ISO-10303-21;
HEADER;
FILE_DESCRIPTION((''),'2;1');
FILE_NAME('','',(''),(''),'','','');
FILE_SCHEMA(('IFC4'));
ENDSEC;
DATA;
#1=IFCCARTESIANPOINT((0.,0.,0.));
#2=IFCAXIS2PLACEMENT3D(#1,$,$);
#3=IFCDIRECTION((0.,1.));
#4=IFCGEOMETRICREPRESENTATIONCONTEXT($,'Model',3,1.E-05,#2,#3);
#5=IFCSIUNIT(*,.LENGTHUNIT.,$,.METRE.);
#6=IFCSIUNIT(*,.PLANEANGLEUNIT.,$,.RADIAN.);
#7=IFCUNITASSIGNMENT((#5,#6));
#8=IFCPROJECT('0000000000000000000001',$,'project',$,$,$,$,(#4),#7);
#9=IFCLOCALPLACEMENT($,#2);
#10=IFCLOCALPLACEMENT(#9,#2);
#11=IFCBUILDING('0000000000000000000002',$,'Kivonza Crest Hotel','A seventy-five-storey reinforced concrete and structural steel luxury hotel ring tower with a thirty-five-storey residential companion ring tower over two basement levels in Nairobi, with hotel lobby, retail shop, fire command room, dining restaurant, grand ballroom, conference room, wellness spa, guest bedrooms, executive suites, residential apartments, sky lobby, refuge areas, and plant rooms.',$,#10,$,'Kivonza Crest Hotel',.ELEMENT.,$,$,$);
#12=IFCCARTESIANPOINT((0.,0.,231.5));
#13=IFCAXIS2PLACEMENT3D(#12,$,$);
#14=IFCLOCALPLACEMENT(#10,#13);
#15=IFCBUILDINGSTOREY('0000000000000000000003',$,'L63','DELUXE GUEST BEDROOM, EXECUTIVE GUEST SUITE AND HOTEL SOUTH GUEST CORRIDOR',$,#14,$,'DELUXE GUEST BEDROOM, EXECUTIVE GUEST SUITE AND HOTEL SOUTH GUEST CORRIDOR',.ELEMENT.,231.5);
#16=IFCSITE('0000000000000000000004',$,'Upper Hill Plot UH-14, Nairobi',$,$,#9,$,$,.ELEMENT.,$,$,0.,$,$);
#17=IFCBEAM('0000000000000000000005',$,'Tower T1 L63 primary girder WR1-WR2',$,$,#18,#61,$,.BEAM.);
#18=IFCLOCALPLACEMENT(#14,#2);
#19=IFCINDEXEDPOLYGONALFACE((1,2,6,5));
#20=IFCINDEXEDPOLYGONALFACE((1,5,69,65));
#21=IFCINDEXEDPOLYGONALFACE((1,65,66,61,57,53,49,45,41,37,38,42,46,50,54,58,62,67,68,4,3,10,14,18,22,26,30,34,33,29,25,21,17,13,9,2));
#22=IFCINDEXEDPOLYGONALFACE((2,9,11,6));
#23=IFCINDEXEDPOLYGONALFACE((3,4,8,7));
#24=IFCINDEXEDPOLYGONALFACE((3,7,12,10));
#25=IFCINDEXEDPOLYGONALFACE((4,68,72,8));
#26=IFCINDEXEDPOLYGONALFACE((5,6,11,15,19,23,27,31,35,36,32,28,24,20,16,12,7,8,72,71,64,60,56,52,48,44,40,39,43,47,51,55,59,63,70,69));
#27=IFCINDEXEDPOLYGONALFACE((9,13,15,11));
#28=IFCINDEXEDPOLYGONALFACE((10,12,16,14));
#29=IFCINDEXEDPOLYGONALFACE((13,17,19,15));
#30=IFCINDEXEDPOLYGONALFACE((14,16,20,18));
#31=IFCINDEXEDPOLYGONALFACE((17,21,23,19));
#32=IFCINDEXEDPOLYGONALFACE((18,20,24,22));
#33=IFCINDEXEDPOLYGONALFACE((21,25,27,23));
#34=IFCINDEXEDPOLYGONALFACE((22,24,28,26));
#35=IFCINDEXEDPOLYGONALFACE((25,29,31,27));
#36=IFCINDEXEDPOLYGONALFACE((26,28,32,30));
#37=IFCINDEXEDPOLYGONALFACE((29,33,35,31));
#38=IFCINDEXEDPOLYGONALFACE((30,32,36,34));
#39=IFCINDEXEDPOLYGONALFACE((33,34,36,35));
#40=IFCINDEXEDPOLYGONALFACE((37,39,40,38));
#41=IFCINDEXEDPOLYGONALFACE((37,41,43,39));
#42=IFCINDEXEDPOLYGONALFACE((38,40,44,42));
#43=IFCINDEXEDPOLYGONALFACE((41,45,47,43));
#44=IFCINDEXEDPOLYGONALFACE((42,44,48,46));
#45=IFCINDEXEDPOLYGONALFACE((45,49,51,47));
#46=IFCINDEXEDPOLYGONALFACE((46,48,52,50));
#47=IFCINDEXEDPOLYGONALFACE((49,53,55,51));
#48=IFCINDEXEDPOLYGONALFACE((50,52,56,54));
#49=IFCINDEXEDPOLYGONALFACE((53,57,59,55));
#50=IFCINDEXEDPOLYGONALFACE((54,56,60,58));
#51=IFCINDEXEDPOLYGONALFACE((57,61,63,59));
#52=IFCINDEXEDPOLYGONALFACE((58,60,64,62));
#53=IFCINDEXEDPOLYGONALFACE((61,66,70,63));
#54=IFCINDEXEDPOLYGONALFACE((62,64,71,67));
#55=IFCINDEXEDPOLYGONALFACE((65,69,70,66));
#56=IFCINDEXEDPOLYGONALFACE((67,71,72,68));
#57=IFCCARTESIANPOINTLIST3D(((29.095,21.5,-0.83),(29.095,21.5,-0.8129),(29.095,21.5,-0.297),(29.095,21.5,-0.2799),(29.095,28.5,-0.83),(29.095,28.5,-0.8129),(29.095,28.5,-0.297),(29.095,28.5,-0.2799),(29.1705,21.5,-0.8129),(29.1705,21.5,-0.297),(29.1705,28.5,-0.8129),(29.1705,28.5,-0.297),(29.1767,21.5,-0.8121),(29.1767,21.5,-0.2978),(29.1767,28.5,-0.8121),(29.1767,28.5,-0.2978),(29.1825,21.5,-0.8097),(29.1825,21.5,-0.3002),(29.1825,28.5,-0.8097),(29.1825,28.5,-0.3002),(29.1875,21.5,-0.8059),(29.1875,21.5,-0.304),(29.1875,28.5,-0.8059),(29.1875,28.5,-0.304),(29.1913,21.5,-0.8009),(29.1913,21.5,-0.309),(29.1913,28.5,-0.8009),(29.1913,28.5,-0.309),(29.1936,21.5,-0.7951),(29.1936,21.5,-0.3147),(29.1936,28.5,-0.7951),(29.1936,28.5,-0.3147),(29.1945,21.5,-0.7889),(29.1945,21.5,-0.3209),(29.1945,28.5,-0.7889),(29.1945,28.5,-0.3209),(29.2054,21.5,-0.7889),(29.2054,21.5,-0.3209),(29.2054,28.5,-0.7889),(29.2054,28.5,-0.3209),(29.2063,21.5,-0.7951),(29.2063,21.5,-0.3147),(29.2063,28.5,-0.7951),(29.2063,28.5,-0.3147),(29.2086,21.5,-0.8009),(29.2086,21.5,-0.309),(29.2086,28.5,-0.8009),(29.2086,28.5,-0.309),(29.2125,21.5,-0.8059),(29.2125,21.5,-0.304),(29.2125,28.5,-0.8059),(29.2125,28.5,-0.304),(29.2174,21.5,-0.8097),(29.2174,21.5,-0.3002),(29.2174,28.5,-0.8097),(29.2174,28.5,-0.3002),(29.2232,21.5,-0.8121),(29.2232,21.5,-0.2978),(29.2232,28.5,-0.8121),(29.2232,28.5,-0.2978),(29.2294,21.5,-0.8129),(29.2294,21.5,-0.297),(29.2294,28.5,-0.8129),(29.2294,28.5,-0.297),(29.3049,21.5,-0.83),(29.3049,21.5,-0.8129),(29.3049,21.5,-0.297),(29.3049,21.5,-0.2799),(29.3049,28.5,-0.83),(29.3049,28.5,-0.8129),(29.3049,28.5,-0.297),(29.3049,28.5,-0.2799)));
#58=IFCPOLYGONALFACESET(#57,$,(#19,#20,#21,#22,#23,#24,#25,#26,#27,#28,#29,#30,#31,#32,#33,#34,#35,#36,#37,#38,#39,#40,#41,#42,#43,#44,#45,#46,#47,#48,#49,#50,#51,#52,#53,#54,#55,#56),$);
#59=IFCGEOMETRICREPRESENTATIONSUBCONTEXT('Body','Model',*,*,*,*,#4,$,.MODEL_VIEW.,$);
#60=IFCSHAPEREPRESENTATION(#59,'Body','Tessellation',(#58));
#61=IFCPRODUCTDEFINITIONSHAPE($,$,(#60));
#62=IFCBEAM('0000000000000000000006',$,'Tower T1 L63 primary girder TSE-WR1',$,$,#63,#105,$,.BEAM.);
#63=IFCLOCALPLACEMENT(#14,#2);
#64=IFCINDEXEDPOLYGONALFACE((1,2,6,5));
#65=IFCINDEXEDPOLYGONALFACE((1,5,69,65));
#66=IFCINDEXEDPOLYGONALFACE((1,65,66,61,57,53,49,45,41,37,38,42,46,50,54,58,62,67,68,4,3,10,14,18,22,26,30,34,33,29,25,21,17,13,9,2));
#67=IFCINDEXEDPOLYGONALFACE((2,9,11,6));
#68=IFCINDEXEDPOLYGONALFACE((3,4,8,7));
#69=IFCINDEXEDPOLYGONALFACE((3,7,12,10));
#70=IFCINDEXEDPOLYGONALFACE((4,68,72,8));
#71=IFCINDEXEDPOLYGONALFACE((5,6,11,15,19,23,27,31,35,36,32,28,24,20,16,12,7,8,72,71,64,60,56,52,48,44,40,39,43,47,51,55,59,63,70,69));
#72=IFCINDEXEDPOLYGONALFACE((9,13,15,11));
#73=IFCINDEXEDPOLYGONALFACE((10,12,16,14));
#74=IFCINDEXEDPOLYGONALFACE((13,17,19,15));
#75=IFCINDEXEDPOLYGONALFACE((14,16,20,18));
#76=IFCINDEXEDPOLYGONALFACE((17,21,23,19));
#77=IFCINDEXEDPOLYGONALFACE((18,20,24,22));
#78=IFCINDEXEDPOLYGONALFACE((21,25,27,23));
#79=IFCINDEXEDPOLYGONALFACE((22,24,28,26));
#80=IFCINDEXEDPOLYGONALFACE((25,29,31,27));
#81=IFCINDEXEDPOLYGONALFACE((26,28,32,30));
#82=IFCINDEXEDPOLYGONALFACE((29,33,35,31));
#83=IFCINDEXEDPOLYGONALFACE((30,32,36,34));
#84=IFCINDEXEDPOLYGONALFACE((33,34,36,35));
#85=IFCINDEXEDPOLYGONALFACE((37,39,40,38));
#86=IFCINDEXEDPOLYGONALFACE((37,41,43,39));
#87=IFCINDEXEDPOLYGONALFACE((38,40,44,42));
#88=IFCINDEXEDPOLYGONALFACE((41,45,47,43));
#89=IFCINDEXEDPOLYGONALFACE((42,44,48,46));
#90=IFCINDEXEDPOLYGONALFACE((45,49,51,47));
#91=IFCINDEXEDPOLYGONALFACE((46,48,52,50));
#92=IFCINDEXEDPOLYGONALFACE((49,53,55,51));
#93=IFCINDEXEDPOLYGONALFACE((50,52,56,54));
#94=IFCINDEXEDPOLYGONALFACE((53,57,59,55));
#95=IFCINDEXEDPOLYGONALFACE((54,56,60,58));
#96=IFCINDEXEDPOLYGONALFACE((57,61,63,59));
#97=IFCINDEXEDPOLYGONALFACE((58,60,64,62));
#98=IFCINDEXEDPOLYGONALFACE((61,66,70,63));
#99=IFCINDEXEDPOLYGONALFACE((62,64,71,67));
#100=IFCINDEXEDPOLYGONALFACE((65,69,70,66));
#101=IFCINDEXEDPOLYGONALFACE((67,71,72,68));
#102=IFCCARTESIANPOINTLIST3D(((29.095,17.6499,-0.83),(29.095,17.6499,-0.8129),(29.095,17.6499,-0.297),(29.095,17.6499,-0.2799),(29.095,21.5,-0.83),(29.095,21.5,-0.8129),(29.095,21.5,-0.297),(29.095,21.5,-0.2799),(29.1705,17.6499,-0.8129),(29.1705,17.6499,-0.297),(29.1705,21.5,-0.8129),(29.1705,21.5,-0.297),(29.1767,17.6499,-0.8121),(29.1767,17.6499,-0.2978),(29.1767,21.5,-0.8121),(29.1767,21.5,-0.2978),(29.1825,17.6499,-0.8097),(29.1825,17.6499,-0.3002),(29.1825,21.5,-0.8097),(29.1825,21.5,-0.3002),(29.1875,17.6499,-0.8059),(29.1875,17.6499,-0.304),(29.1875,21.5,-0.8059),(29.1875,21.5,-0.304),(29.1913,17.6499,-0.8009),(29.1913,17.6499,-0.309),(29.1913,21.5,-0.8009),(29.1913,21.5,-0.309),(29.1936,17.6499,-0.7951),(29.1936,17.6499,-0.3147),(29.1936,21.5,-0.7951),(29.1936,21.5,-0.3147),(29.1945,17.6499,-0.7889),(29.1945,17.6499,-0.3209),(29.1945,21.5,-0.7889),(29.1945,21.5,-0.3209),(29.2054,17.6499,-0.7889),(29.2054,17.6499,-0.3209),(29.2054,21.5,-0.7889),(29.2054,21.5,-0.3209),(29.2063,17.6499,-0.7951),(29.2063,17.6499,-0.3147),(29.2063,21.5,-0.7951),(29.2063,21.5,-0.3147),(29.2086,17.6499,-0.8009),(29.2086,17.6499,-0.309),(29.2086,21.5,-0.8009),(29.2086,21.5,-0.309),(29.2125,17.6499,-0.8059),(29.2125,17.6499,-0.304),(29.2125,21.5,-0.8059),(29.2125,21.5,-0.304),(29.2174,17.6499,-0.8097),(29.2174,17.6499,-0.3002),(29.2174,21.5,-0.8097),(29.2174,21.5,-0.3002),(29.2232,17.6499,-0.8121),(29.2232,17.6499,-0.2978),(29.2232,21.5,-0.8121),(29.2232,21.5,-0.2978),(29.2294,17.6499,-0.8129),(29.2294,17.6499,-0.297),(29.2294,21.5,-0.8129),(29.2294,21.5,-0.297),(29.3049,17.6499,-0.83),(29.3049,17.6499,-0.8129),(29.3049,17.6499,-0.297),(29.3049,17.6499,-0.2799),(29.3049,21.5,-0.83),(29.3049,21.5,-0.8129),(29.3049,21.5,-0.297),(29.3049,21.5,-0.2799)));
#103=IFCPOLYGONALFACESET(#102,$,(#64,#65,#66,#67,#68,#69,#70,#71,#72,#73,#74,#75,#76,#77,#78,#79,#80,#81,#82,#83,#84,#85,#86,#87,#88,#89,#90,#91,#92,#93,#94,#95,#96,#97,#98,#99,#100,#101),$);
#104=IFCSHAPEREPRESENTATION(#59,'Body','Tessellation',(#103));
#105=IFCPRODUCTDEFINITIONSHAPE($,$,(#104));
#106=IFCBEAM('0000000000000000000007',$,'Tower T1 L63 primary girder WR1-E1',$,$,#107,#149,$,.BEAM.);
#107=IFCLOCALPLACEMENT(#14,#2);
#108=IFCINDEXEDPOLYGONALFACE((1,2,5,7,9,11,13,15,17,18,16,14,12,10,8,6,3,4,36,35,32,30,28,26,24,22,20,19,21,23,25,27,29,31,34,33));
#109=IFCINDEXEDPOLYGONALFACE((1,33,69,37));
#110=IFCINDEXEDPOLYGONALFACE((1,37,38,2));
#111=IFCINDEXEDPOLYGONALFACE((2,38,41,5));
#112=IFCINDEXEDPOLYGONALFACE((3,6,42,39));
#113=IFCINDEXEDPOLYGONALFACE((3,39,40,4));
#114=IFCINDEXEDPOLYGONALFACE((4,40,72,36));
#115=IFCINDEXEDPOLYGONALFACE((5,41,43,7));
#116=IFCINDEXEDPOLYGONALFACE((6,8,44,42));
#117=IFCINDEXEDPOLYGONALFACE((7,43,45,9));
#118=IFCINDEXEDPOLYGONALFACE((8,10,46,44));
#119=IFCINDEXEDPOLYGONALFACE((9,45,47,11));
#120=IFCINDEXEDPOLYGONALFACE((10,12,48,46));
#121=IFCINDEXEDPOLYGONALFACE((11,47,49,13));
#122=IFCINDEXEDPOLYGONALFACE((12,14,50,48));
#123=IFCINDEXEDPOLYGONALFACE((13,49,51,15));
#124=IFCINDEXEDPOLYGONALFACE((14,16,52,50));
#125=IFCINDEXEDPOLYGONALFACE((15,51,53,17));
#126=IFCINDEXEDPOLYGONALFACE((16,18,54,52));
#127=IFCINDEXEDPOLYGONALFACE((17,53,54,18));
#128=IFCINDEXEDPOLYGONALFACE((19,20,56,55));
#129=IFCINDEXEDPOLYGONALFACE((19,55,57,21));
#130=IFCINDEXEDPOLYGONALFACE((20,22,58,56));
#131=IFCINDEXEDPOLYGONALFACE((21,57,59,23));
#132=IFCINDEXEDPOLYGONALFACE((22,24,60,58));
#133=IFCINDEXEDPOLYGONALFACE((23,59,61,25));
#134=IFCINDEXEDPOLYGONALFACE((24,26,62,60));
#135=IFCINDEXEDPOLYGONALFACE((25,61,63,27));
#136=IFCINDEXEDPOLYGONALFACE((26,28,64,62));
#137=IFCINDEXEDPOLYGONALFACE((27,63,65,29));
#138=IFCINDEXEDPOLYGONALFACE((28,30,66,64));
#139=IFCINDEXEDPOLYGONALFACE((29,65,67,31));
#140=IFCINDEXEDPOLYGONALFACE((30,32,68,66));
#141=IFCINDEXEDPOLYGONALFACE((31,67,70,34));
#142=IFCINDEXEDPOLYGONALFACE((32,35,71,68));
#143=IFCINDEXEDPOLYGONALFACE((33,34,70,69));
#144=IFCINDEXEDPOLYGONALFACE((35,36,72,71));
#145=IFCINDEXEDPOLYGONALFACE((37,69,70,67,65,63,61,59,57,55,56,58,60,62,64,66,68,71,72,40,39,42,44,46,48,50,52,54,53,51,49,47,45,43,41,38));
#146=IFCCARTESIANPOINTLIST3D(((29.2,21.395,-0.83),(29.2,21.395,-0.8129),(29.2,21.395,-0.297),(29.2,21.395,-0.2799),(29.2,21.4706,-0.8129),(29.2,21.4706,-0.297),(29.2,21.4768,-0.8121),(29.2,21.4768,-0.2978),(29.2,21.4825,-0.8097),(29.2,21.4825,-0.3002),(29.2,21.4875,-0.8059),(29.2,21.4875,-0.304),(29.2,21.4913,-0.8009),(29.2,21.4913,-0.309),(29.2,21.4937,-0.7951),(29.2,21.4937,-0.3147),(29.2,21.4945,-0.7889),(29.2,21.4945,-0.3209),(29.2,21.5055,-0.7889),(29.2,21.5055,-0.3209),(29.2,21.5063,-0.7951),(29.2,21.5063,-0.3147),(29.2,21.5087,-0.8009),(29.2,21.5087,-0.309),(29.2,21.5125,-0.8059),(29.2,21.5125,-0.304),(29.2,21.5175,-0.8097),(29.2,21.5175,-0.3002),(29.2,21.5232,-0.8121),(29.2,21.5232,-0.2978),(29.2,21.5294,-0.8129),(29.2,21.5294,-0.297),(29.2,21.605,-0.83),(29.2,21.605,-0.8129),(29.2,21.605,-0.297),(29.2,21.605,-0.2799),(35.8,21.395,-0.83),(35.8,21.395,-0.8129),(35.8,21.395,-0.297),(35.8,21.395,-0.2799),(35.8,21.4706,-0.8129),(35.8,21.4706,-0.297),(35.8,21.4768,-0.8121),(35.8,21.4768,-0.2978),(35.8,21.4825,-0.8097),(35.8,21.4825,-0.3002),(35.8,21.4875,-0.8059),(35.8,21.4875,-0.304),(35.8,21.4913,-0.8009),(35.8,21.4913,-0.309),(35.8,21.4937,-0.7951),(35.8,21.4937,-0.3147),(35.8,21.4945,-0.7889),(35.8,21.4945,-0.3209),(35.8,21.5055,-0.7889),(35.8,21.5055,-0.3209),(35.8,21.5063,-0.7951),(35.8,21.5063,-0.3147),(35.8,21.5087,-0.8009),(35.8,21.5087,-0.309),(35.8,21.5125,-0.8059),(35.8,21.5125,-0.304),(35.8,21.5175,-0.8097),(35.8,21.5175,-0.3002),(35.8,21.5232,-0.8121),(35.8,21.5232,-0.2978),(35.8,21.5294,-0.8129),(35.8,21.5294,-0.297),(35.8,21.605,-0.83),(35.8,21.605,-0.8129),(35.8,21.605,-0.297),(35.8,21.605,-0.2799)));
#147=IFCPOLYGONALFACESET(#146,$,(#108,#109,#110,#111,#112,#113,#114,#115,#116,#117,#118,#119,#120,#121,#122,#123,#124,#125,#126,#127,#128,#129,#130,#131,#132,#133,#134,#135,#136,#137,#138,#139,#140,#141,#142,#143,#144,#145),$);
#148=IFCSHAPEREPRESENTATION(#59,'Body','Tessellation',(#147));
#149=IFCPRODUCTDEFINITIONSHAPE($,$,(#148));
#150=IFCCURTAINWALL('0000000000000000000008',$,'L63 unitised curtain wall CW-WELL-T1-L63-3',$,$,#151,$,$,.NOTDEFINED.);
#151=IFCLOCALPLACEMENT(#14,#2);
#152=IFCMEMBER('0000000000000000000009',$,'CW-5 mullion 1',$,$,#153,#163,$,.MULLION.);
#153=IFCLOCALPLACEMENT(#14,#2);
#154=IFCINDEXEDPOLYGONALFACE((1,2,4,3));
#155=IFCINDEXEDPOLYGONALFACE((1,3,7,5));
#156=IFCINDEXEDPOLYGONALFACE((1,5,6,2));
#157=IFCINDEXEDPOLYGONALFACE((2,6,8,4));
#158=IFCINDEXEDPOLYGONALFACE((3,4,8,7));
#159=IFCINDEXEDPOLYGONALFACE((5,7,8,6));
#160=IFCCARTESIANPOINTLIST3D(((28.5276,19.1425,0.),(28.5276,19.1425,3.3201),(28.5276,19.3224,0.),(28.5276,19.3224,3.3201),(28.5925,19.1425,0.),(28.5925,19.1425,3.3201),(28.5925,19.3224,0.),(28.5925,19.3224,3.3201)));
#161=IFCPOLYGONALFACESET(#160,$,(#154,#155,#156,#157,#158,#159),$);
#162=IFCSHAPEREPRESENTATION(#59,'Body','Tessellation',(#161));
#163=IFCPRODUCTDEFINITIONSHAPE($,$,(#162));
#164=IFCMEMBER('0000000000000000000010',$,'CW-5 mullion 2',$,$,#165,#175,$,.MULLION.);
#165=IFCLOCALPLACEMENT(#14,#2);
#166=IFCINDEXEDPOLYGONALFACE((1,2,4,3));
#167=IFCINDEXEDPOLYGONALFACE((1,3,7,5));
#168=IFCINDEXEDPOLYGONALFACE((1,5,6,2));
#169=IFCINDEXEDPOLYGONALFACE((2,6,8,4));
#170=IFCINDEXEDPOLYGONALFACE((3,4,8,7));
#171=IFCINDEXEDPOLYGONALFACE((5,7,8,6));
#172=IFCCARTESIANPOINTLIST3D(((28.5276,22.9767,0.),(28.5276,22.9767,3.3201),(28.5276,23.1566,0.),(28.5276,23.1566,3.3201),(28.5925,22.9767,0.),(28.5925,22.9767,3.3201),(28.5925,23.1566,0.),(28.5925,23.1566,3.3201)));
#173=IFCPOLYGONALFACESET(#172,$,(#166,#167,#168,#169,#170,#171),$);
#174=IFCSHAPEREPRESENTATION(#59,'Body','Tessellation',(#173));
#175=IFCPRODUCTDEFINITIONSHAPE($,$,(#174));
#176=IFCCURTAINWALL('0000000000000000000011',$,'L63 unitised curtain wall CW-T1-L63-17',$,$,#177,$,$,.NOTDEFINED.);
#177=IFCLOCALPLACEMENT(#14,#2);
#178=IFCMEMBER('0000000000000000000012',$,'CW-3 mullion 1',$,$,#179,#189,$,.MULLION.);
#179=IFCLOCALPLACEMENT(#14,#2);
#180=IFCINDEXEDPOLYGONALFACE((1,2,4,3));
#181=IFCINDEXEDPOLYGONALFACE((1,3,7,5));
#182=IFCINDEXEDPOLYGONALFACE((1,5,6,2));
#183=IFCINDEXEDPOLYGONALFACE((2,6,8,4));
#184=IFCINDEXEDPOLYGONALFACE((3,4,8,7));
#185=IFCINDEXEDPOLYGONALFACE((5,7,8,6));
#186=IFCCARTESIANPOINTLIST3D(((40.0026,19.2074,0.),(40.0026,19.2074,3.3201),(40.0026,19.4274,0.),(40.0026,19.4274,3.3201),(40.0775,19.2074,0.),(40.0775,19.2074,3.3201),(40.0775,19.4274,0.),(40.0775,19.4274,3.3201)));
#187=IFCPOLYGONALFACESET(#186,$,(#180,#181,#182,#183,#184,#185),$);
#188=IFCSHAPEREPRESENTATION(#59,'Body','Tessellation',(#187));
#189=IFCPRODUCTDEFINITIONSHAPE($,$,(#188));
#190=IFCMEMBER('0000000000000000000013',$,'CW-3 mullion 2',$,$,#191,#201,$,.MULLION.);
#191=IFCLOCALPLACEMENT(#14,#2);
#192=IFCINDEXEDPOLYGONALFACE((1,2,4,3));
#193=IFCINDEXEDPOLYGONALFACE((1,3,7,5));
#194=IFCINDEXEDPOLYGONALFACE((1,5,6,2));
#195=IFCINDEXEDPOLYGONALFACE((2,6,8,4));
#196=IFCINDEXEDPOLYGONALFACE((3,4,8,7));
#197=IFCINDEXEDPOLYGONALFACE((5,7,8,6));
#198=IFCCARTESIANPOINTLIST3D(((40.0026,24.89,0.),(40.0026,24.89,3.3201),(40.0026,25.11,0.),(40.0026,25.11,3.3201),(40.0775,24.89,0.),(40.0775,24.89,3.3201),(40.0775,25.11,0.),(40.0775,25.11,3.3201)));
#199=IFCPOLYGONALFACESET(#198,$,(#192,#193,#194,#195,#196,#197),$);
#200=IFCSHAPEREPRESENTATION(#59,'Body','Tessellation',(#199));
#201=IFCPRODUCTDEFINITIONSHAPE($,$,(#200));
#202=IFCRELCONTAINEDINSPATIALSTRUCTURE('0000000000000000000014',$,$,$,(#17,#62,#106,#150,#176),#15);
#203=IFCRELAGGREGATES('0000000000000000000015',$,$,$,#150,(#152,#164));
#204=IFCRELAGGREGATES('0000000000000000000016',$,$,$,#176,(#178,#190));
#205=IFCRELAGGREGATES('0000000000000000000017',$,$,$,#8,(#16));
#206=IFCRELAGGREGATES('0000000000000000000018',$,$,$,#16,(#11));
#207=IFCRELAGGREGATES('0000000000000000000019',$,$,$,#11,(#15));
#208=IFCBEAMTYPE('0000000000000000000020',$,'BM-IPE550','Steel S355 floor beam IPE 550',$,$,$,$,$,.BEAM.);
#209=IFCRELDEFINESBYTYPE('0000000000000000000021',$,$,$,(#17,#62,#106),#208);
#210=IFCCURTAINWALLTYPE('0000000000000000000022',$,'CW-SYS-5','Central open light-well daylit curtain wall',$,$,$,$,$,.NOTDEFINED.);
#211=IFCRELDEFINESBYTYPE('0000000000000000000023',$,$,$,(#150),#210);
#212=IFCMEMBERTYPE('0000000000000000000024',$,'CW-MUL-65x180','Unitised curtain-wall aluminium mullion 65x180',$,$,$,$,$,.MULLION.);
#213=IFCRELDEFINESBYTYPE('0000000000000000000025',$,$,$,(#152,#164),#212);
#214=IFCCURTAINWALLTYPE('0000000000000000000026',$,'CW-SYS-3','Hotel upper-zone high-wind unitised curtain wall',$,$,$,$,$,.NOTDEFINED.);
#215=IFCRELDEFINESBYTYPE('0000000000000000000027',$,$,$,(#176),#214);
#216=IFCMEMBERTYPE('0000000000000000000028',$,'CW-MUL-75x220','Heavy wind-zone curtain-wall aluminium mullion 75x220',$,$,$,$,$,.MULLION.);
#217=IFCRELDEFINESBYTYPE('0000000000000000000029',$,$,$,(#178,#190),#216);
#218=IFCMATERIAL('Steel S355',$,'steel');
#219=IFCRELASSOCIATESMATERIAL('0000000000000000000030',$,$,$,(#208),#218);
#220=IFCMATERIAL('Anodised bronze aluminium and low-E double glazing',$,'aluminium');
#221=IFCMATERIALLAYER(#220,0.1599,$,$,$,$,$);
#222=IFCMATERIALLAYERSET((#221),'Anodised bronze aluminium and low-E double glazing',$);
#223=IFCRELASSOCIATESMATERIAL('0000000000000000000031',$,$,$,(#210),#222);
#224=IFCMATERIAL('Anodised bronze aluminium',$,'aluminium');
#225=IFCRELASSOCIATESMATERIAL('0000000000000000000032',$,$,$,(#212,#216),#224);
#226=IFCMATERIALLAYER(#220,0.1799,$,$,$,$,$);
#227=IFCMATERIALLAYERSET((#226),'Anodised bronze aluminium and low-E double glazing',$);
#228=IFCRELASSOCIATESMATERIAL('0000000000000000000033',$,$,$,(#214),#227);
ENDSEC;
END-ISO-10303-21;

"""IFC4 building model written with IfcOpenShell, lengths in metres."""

from ifc_helpers import new_model, si_unit, direction, frame, origin, origin_2d, place, context, subcontext, project, spatial, rectangle, i_section, extrude, material, layer, layer_set, material_profile, profile_set, type_object, element, aggregate, save


model = new_model("IFC4")

# Units and contexts
model_context = context("Model", 3, precision=1e-05, world=origin(), true_north=direction((0.0, 1.0)))
body_context = subcontext(model_context, "Body", "Model", "MODEL_VIEW")
ifc_project = project(units=[si_unit("LENGTHUNIT", "METRE"), si_unit("PLANEANGLEUNIT", "RADIAN")], contexts=[model_context])

# Site, building, storey
site_placement = place(None, origin())
site = spatial("IfcSite", under=ifc_project, at=site_placement, Name="Upper Hill Plot UH-14, Nairobi", CompositionType="ELEMENT", RefElevation=0.0)
building_placement = place(site_placement, origin())
building = spatial("IfcBuilding", under=site, at=building_placement, Name="Kivonza Crest Hotel", Description="A seventy-five-storey reinforced concrete and structural steel luxury hotel ring tower with a thirty-five-storey residential companion ring tower over two basement levels in Nairobi, with hotel lobby, retail shop, fire command room, dining restaurant, grand ballroom, conference room, wellness spa, guest bedrooms, executive suites, residential apartments, sky lobby, refuge areas, and plant rooms.", LongName="Kivonza Crest Hotel", CompositionType="ELEMENT")
storey_placement = place(building_placement, frame((0.0, 0.0, 231.5)))
storey = spatial("IfcBuildingStorey", under=building, at=storey_placement, Name="L63", Description="DELUXE GUEST BEDROOM, EXECUTIVE GUEST SUITE AND HOTEL SOUTH GUEST CORRIDOR", LongName="DELUXE GUEST BEDROOM, EXECUTIVE GUEST SUITE AND HOTEL SOUTH GUEST CORRIDOR", CompositionType="ELEMENT", Elevation=231.5)

# Beams
ifc_material_1 = material(Name="Steel S355", Category="steel")
ifc_material_profile_1 = material_profile(ifc_material_1, i_section(OverallWidth=0.21, OverallDepth=0.55, WebThickness=0.011, FlangeThickness=0.0171, FilletRadius=0.0239, at=origin_2d()), Name="IPE 550")
ifc_profile_set_1 = profile_set([ifc_material_profile_1], Name="Steel S355")
beam_type_1 = type_object("IfcBeamType", Name="BM-IPE550", Description="Steel S355 floor beam IPE 550", PredefinedType="BEAM", material=ifc_profile_set_1)
beam_1_placement = place(storey_placement, frame((29.2, 21.5, -0.5549), z_axis=(0.0, 1.0, 0.0), x_axis=(-1.0, 0.0, 0.0)))
element("IfcBeam", 1, at=beam_1_placement, inside=storey, type_object=beam_type_1, Name="Tower T1 L63 primary girder WR1-WR2", PredefinedType="BEAM", context=body_context, shape_type="SweptSolid", body=[
    extrude(i_section(OverallWidth=0.21, OverallDepth=0.55, WebThickness=0.011, FlangeThickness=0.0171, FilletRadius=0.0239, at=origin_2d()), origin(), (0.0, 0.0, 1.0), 7.0),
])
beam_2_placement = place(storey_placement, frame((29.2, 17.6499, -0.5549), z_axis=(0.0, 1.0, 0.0), x_axis=(-1.0, 0.0, 0.0)))
element("IfcBeam", 2, at=beam_2_placement, inside=storey, type_object=beam_type_1, Name="Tower T1 L63 primary girder TSE-WR1", PredefinedType="BEAM", context=body_context, shape_type="SweptSolid", body=[
    extrude(i_section(OverallWidth=0.21, OverallDepth=0.55, WebThickness=0.011, FlangeThickness=0.0171, FilletRadius=0.0239, at=origin_2d()), origin(), (0.0, 0.0, 1.0), 3.8501),
])
beam_3_placement = place(storey_placement, frame((29.2, 21.5, -0.5549), z_axis=(1.0, 0.0, 0.0), x_axis=(0.0, 1.0, 0.0)))
element("IfcBeam", 3, at=beam_3_placement, inside=storey, type_object=beam_type_1, Name="Tower T1 L63 primary girder WR1-E1", PredefinedType="BEAM", context=body_context, shape_type="SweptSolid", body=[
    extrude(i_section(OverallWidth=0.21, OverallDepth=0.55, WebThickness=0.011, FlangeThickness=0.0171, FilletRadius=0.0239, at=origin_2d()), origin(), (0.0, 0.0, 1.0), 6.6001),
])

# Curtain walls, members
ifc_material_2 = material(Name="Anodised bronze aluminium and low-E double glazing", Category="aluminium")
ifc_layer_1 = layer(ifc_material_2, 0.1599)
ifc_layer_set_1 = layer_set([ifc_layer_1], Name="Anodised bronze aluminium and low-E double glazing")
curtain_wall_type_1 = type_object("IfcCurtainWallType", Name="CW-SYS-5", Description="Central open light-well daylit curtain wall", PredefinedType="NOTDEFINED", material=ifc_layer_set_1)
curtain_wall_1_placement = place(storey_placement, origin())
curtain_wall_1 = element("IfcCurtainWall", 4, at=curtain_wall_1_placement, inside=storey, type_object=curtain_wall_type_1, Name="L63 unitised curtain wall CW-WELL-T1-L63-3", PredefinedType="NOTDEFINED")
ifc_material_3 = material(Name="Anodised bronze aluminium", Category="aluminium")
ifc_material_profile_2 = material_profile(ifc_material_3, rectangle(XDim=0.0649, YDim=0.1799, at=origin_2d()), Name="CW-M 65x180")
ifc_profile_set_2 = profile_set([ifc_material_profile_2], Name="Anodised bronze aluminium")
member_type_1 = type_object("IfcMemberType", Name="CW-MUL-65x180", Description="Unitised curtain-wall aluminium mullion 65x180", PredefinedType="MULLION", material=ifc_profile_set_2)
member_1_placement = place(storey_placement, frame((28.5601, 19.2324, 0.0), z_axis=(0.0, 0.0, 1.0), x_axis=(-1.0, 0.0, 0.0)))
member_1 = element("IfcMember", 5, at=member_1_placement, type_object=member_type_1, Name="CW-5 mullion 1", PredefinedType="MULLION", context=body_context, shape_type="SweptSolid", body=[
    extrude(rectangle(XDim=0.0649, YDim=0.1799, at=origin_2d()), origin(), (0.0, 0.0, 1.0), 3.3201),
])
member_2_placement = place(storey_placement, frame((28.5601, 23.0667, 0.0), z_axis=(0.0, 0.0, 1.0), x_axis=(-1.0, 0.0, 0.0)))
member_2 = element("IfcMember", 6, at=member_2_placement, type_object=member_type_1, Name="CW-5 mullion 2", PredefinedType="MULLION", context=body_context, shape_type="SweptSolid", body=[
    extrude(rectangle(XDim=0.0649, YDim=0.1799, at=origin_2d()), origin(), (0.0, 0.0, 1.0), 3.3201),
])
ifc_layer_2 = layer(ifc_material_2, 0.1799)
ifc_layer_set_2 = layer_set([ifc_layer_2], Name="Anodised bronze aluminium and low-E double glazing")
curtain_wall_type_2 = type_object("IfcCurtainWallType", Name="CW-SYS-3", Description="Hotel upper-zone high-wind unitised curtain wall", PredefinedType="NOTDEFINED", material=ifc_layer_set_2)
curtain_wall_2_placement = place(storey_placement, origin())
curtain_wall_2 = element("IfcCurtainWall", 7, at=curtain_wall_2_placement, inside=storey, type_object=curtain_wall_type_2, Name="L63 unitised curtain wall CW-T1-L63-17", PredefinedType="NOTDEFINED")
ifc_material_profile_3 = material_profile(ifc_material_3, rectangle(XDim=0.075, YDim=0.22, at=origin_2d()), Name="CW-M 75x220")
ifc_profile_set_3 = profile_set([ifc_material_profile_3], Name="Anodised bronze aluminium")
member_type_2 = type_object("IfcMemberType", Name="CW-MUL-75x220", Description="Heavy wind-zone curtain-wall aluminium mullion 75x220", PredefinedType="MULLION", material=ifc_profile_set_3)
member_3_placement = place(storey_placement, frame((40.04, 19.3174, 0.0), z_axis=(0.0, 0.0, 1.0), x_axis=(-1.0, 0.0, 0.0)))
member_3 = element("IfcMember", 8, at=member_3_placement, type_object=member_type_2, Name="CW-3 mullion 1", PredefinedType="MULLION", context=body_context, shape_type="SweptSolid", body=[
    extrude(rectangle(XDim=0.075, YDim=0.22, at=origin_2d()), origin(), (0.0, 0.0, 1.0), 3.3201),
])
member_4_placement = place(storey_placement, frame((40.04, 25.0, 0.0), z_axis=(0.0, 0.0, 1.0), x_axis=(-1.0, 0.0, 0.0)))
member_4 = element("IfcMember", 9, at=member_4_placement, type_object=member_type_2, Name="CW-3 mullion 2", PredefinedType="MULLION", context=body_context, shape_type="SweptSolid", body=[
    extrude(rectangle(XDim=0.075, YDim=0.22, at=origin_2d()), origin(), (0.0, 0.0, 1.0), 3.3201),
])

aggregate(curtain_wall_1, [member_1, member_2])
aggregate(curtain_wall_2, [member_3, member_4])

save(model, "model.ifc")
